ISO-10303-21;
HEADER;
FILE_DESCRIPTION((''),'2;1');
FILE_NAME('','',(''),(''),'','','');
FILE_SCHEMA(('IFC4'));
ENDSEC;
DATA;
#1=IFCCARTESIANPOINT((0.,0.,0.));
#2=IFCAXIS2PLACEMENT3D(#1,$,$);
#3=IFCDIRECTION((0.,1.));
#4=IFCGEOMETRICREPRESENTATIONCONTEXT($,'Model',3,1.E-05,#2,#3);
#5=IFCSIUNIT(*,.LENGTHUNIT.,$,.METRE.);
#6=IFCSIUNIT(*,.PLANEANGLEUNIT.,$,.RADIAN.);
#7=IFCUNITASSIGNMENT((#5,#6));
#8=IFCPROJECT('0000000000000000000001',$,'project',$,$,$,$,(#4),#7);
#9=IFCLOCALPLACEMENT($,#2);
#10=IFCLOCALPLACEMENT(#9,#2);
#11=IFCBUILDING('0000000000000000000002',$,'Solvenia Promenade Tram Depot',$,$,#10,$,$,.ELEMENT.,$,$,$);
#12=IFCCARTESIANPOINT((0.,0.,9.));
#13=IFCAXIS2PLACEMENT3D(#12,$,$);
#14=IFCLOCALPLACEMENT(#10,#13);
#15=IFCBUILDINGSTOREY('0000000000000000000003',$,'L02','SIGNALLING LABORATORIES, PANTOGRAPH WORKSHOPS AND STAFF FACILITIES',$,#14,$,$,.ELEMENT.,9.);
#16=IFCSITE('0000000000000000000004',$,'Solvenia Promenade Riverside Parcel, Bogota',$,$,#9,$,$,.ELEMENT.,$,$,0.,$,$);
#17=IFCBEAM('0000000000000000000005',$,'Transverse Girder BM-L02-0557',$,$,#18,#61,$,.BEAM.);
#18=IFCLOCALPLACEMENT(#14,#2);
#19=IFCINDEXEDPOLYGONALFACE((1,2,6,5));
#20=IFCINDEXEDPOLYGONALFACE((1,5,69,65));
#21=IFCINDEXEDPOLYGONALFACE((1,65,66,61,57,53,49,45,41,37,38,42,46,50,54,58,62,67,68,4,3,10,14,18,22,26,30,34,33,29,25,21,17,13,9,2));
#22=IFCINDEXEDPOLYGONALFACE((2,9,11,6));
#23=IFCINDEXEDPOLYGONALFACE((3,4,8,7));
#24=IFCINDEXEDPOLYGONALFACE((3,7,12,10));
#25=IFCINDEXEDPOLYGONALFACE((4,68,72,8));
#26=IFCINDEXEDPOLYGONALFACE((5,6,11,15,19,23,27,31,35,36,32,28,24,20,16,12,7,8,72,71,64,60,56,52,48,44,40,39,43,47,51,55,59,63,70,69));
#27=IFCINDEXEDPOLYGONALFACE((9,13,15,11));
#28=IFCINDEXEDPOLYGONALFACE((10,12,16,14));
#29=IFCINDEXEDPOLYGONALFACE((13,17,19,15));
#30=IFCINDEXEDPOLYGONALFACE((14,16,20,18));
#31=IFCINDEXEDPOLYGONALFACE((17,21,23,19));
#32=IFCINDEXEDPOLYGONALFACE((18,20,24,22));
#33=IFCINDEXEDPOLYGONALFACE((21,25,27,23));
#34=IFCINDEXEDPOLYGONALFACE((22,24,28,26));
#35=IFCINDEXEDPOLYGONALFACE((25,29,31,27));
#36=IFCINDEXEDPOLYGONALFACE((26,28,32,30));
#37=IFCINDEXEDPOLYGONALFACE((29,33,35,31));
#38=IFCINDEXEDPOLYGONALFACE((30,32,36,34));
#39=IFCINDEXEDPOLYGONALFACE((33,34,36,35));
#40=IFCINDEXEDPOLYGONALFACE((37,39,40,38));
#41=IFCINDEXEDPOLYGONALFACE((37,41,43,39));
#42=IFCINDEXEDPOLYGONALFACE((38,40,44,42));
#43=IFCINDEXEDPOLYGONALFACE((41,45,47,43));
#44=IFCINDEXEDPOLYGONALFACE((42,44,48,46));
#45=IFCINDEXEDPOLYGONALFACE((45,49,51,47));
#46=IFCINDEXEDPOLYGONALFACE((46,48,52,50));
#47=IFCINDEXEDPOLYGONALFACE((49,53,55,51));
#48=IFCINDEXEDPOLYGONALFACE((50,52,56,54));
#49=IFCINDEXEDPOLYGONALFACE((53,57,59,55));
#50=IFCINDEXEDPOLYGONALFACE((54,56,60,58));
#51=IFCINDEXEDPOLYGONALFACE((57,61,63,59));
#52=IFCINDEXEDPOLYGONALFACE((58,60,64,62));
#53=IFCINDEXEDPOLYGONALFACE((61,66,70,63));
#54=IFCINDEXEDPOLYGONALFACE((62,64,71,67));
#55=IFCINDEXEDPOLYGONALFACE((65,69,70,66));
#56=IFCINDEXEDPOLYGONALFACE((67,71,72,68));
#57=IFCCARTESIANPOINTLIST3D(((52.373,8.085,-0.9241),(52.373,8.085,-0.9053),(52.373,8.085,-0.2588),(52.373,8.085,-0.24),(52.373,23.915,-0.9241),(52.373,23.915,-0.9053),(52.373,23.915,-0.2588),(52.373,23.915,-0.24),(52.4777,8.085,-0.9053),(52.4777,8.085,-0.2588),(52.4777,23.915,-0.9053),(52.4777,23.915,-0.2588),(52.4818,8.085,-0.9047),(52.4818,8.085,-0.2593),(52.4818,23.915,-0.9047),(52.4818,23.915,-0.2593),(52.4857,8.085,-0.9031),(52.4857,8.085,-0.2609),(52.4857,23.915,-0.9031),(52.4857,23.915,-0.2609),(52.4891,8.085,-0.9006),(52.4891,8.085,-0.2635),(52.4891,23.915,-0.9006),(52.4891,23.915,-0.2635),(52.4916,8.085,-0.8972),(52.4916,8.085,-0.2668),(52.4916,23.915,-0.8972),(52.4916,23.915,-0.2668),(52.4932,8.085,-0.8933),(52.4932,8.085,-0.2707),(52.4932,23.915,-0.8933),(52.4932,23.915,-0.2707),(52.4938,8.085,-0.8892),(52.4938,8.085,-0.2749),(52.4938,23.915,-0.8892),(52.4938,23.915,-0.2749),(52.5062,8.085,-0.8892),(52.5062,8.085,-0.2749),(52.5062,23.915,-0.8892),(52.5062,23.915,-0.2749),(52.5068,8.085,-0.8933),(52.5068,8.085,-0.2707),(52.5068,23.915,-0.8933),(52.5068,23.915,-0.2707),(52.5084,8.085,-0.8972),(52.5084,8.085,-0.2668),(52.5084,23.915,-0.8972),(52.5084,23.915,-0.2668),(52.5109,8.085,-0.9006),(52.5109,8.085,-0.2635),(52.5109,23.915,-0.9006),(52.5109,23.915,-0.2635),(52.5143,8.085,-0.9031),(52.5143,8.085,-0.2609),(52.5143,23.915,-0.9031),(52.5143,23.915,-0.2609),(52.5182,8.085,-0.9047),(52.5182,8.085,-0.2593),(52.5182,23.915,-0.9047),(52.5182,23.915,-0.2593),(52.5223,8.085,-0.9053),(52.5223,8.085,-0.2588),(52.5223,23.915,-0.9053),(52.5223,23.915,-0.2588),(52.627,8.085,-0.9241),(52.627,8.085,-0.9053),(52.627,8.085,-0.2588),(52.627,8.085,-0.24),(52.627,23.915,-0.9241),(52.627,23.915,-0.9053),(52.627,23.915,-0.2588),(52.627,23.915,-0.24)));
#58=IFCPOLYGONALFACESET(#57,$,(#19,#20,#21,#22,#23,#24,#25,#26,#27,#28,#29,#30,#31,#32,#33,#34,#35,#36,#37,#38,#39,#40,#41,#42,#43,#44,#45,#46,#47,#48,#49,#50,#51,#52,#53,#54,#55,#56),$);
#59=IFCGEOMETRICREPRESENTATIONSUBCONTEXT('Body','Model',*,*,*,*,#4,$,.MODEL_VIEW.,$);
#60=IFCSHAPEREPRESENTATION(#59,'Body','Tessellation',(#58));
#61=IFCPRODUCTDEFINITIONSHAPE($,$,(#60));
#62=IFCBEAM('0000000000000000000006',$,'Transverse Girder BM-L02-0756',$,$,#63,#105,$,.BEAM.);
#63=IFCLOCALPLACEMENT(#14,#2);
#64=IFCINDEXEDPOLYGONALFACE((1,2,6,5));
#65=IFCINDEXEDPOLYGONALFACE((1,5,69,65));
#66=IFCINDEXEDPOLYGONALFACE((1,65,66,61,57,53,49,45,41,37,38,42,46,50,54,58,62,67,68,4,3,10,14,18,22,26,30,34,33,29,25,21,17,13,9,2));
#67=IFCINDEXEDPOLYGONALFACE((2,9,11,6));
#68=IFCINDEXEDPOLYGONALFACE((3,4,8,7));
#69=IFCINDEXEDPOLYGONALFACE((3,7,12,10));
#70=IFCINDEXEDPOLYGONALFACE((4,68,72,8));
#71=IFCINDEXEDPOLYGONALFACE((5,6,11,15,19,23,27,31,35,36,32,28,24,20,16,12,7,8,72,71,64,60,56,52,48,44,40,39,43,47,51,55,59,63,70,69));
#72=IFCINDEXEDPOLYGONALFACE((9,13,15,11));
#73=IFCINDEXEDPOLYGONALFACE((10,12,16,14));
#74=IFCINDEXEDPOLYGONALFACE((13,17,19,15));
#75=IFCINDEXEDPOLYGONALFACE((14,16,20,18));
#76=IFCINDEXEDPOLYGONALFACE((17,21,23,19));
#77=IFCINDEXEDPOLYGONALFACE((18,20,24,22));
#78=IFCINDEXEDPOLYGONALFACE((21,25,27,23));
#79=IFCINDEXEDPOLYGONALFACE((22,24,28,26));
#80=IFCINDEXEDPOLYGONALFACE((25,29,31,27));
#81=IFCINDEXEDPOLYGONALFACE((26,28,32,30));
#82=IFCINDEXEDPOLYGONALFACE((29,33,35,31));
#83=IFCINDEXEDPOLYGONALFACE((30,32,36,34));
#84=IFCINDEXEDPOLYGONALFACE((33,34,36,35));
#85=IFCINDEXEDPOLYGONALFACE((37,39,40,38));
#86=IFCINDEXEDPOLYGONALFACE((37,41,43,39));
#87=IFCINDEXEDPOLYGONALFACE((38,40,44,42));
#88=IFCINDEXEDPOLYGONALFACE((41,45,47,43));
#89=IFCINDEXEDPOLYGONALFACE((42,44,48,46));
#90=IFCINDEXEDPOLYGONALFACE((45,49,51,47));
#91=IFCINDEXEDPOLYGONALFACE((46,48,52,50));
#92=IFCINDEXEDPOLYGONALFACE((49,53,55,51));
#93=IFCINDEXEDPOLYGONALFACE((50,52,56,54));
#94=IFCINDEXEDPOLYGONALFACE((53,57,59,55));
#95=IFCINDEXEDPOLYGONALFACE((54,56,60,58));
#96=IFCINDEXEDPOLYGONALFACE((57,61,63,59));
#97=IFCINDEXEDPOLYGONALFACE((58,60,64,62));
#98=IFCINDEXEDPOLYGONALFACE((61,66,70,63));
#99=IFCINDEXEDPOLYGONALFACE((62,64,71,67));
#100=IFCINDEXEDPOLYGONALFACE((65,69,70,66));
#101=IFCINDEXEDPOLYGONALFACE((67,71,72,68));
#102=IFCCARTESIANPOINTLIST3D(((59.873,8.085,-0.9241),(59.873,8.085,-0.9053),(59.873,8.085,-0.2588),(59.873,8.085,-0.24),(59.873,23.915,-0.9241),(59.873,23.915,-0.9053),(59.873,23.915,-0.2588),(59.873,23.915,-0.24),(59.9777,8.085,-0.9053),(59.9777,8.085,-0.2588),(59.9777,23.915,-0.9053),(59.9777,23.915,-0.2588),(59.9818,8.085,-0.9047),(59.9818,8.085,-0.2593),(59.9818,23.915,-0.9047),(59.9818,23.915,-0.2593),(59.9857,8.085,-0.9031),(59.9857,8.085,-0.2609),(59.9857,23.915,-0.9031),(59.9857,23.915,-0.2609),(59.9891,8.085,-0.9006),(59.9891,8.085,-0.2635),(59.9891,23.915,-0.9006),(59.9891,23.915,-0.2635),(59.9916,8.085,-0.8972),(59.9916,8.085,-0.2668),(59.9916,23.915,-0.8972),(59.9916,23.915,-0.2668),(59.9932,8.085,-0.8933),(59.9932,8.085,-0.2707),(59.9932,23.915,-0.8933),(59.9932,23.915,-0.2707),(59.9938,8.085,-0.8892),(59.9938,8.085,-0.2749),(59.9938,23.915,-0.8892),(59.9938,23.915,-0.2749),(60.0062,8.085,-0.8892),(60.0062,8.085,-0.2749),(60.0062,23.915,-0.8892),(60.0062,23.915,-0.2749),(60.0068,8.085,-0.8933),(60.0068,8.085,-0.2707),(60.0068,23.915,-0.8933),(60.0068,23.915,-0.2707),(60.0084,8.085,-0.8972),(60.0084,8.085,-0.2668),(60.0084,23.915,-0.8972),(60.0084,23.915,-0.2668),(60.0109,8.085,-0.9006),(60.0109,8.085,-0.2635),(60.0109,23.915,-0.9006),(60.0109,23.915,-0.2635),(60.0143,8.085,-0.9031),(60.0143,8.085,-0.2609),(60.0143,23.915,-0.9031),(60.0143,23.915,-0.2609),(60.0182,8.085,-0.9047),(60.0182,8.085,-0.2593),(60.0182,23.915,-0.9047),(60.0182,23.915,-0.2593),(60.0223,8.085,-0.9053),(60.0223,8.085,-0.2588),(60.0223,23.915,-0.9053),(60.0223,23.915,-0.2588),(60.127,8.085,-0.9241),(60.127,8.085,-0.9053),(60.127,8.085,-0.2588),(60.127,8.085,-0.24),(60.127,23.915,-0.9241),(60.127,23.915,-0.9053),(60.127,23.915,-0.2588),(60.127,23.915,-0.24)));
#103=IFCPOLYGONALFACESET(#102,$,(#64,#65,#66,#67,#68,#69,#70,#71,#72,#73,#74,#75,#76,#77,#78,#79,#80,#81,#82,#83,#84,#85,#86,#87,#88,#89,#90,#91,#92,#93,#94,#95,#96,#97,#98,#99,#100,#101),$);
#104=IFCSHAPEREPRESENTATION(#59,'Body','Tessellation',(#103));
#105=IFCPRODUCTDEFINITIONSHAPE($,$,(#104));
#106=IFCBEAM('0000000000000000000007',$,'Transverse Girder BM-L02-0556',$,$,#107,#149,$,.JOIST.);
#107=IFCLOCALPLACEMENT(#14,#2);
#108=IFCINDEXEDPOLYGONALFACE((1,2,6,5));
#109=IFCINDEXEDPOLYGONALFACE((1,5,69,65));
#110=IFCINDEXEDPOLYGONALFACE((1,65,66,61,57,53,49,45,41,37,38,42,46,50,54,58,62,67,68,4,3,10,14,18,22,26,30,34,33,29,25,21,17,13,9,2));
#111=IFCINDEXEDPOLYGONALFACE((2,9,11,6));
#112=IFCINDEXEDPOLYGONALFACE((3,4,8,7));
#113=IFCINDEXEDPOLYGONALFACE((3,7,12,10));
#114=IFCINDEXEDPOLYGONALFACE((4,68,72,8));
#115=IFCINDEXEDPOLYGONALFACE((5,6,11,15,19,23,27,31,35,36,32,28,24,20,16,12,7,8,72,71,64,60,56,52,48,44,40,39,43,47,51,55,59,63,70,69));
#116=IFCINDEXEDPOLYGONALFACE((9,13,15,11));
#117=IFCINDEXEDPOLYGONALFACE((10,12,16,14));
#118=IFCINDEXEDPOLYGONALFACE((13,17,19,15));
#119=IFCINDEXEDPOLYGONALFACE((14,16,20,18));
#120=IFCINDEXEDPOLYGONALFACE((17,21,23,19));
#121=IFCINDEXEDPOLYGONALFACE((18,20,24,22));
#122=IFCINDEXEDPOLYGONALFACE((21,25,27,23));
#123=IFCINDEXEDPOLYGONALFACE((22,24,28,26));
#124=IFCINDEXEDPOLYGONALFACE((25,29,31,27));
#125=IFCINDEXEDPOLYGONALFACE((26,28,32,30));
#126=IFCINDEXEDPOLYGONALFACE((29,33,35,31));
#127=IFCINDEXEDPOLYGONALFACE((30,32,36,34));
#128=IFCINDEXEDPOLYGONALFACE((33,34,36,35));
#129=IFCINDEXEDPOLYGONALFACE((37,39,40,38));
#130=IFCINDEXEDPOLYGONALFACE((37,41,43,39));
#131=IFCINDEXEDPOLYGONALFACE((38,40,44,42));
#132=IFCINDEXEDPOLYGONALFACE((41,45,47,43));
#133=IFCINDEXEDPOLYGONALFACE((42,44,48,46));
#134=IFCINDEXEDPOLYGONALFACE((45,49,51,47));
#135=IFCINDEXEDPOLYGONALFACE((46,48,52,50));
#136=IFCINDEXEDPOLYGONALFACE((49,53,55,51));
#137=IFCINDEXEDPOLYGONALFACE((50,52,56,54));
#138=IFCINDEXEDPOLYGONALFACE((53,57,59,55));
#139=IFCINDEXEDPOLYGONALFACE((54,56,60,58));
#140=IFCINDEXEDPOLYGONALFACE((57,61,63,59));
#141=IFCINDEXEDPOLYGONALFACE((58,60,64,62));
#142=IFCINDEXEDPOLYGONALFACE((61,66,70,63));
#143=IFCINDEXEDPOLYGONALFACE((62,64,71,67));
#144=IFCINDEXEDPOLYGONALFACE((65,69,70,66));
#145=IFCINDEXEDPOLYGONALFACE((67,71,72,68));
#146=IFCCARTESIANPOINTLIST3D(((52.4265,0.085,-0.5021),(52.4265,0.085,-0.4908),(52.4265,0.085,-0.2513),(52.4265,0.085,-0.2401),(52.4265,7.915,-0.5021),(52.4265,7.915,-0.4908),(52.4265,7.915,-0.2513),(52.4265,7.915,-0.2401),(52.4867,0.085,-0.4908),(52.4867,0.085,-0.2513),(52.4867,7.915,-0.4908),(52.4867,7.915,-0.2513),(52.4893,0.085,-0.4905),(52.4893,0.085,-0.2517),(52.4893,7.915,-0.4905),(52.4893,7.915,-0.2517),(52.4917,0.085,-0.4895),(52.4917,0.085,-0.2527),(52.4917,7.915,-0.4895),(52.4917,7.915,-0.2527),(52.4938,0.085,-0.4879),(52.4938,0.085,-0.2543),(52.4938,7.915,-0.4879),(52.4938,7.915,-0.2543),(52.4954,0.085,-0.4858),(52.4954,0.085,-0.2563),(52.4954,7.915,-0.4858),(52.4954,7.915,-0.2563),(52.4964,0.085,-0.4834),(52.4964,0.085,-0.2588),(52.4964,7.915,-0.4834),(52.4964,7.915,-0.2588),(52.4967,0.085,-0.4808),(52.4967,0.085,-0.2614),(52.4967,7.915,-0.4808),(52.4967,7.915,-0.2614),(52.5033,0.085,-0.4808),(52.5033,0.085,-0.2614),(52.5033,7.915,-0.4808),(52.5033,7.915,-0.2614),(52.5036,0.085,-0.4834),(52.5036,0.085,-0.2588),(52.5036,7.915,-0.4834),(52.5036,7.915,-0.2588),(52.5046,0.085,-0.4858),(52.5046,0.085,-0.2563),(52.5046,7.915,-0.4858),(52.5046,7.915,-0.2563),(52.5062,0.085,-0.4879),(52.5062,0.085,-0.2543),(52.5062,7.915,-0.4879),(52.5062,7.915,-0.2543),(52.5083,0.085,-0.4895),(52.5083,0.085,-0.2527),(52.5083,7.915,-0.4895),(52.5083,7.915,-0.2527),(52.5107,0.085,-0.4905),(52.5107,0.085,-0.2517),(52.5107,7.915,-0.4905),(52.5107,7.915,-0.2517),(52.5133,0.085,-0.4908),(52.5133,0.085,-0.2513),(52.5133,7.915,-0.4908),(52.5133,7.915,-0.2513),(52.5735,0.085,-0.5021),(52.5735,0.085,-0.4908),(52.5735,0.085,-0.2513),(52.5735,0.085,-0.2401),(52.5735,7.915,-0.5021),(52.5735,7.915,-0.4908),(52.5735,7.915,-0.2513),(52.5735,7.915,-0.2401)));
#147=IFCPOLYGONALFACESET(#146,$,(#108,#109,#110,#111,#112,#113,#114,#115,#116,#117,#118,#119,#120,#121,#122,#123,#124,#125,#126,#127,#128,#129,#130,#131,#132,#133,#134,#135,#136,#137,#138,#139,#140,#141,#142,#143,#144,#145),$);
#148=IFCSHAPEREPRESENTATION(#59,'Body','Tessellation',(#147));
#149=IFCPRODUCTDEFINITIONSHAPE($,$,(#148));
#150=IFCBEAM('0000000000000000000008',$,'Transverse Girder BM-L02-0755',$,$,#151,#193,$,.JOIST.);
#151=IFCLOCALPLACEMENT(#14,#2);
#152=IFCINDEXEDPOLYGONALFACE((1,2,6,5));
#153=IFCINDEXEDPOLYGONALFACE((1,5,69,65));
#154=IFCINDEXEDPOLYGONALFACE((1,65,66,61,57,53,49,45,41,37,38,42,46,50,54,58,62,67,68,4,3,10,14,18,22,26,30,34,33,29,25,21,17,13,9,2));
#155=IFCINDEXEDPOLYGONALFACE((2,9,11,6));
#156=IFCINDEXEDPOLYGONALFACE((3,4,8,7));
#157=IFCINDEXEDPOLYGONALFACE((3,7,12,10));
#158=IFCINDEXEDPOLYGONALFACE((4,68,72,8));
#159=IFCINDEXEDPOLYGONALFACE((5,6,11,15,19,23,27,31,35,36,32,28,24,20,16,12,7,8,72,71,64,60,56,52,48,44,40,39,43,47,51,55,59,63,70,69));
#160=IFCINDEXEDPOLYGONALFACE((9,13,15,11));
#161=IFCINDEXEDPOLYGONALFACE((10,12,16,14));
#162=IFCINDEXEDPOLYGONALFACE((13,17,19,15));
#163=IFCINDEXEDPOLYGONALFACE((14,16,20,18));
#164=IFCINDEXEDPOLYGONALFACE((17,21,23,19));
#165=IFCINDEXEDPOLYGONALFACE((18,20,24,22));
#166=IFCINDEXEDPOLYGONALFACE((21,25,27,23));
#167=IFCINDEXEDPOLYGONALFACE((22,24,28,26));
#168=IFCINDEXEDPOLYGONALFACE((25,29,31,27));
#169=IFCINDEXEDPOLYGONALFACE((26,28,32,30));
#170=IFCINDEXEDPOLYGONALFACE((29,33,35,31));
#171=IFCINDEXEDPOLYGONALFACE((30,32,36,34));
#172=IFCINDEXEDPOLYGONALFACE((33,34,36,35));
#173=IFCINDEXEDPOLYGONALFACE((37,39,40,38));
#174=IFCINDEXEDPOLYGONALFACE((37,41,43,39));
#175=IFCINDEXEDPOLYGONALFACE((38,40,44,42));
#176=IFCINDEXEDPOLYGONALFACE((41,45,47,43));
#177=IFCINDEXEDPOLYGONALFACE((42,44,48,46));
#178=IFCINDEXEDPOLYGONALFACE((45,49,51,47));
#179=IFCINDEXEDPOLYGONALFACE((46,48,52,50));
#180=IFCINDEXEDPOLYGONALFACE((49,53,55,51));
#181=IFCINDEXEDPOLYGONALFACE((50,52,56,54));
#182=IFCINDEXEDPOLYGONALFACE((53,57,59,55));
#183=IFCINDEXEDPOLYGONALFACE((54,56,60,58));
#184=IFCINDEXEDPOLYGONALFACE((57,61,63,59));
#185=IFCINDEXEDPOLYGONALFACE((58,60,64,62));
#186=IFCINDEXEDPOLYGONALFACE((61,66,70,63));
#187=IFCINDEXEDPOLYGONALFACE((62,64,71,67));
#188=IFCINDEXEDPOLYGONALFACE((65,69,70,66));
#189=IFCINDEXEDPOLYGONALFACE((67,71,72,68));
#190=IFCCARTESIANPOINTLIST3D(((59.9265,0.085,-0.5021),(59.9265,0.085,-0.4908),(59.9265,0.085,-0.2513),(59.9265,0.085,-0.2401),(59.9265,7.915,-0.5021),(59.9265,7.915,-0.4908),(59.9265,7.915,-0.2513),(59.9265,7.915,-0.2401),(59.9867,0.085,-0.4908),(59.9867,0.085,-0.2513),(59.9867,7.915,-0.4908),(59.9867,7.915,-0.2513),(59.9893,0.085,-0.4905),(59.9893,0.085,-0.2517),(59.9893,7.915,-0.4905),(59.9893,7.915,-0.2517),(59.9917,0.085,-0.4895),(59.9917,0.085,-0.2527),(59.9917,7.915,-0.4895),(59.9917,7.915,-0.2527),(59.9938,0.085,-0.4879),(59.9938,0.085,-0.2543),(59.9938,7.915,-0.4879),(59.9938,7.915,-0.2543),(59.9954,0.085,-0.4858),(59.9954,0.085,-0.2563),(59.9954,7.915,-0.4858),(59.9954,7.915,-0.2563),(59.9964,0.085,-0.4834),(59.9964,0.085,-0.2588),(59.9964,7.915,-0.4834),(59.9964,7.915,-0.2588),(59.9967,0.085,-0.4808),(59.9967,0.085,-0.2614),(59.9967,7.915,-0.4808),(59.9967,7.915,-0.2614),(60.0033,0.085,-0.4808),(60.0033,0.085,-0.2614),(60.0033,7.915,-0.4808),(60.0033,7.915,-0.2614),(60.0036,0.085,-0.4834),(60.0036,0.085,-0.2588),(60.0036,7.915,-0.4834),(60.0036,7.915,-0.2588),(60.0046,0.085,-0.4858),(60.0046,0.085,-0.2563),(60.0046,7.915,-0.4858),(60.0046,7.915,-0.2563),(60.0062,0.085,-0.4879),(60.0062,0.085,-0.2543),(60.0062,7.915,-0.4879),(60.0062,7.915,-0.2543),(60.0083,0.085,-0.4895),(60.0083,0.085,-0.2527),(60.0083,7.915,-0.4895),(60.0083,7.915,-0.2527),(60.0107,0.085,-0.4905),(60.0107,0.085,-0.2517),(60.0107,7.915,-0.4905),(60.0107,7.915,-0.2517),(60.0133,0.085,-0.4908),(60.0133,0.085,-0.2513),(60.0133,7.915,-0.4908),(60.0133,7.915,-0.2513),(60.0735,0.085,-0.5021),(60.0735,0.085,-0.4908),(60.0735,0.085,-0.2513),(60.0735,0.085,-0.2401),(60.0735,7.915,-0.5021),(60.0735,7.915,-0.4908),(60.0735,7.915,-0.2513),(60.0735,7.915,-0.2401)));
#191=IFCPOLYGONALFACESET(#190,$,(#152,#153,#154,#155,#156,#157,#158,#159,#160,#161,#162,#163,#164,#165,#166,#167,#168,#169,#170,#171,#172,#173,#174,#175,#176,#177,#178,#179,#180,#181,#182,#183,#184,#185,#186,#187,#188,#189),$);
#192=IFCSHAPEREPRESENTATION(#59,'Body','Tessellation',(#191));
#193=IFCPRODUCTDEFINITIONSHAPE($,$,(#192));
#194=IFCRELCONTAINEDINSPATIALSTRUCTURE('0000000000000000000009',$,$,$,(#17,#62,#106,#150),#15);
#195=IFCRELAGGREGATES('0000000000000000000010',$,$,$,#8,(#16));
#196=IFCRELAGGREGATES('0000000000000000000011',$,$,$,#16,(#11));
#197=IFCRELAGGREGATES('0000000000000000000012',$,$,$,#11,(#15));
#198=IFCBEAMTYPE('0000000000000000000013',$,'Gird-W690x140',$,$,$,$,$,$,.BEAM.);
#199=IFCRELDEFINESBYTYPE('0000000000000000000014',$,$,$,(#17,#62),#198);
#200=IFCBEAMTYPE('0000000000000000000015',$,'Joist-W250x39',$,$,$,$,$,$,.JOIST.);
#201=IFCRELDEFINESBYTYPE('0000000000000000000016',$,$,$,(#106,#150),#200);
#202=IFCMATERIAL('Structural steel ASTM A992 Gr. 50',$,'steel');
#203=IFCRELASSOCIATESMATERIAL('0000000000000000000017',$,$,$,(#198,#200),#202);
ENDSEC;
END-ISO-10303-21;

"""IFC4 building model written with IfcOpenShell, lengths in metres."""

from ifc_helpers import new_model, si_unit, direction, frame, origin, origin_2d, place, context, subcontext, project, spatial, i_section, extrude, material, material_profile, profile_set, type_object, element, save


model = new_model("IFC4")

# Units and contexts
model_context = context("Model", 3, precision=1e-05, world=origin(), true_north=direction((0.0, 1.0)))
body_context = subcontext(model_context, "Body", "Model", "MODEL_VIEW")
ifc_project = project(units=[si_unit("LENGTHUNIT", "METRE"), si_unit("PLANEANGLEUNIT", "RADIAN")], contexts=[model_context])

# Site, building, storey
site_placement = place(None, origin())
site = spatial("IfcSite", under=ifc_project, at=site_placement, Name="Solvenia Promenade Riverside Parcel, Bogota", CompositionType="ELEMENT", RefElevation=0.0)
building_placement = place(site_placement, origin())
building = spatial("IfcBuilding", under=site, at=building_placement, Name="Solvenia Promenade Tram Depot", CompositionType="ELEMENT")
storey_placement = place(building_placement, frame((0.0, 0.0, 9.0)))
storey = spatial("IfcBuildingStorey", under=building, at=storey_placement, Name="L02", Description="SIGNALLING LABORATORIES, PANTOGRAPH WORKSHOPS AND STAFF FACILITIES", CompositionType="ELEMENT", Elevation=9.0)

# Shared definitions
ifc_material_1 = material(Name="Structural steel ASTM A992 Gr. 50", Category="steel")

# Beams
ifc_material_profile_1 = material_profile(ifc_material_1, i_section(OverallWidth=0.2539, OverallDepth=0.6841, WebThickness=0.0125, FlangeThickness=0.0188, FilletRadius=0.0161, at=origin_2d()), Name="W690x140", Category="steel")
ifc_profile_set_1 = profile_set([ifc_material_profile_1], Name="Structural steel ASTM A992 Gr. 50")
beam_type_1 = type_object("IfcBeamType", Name="Gird-W690x140", PredefinedType="BEAM", material=ifc_profile_set_1)
for number, where, z_axis, x_axis, name in (
    (1, (52.5, 8.085, -0.582), (0.0, 1.0, 0.0), (-1.0, 0.0, 0.0), "Transverse Girder BM-L02-0557"),
    (2, (60.0, 8.085, -0.582), (0.0, 1.0, 0.0), (-1.0, 0.0, 0.0), "Transverse Girder BM-L02-0756"),
):
    element("IfcBeam", number, at=place(storey_placement, frame(where, z_axis=z_axis, x_axis=x_axis)), inside=storey, type_object=beam_type_1, Name=name, PredefinedType="BEAM", context=body_context, shape_type="SweptSolid", body=[
        extrude(i_section(OverallWidth=0.2539, OverallDepth=0.6841, WebThickness=0.0125, FlangeThickness=0.0188, FilletRadius=0.0161, at=origin_2d()), origin(), (0.0, 0.0, 1.0), 15.8301),
    ])
ifc_material_profile_2 = material_profile(ifc_material_1, i_section(OverallWidth=0.147, OverallDepth=0.262, WebThickness=0.0066, FlangeThickness=0.0112, FilletRadius=0.01, at=origin_2d()), Name="W250x39", Category="steel")
ifc_profile_set_2 = profile_set([ifc_material_profile_2], Name="Structural steel ASTM A992 Gr. 50")
beam_type_2 = type_object("IfcBeamType", Name="Joist-W250x39", PredefinedType="JOIST", material=ifc_profile_set_2)
for number, where, z_axis, x_axis, name in (
    (3, (52.5, 0.085, -0.3711), (0.0, 1.0, 0.0), (-1.0, 0.0, 0.0), "Transverse Girder BM-L02-0556"),
    (4, (60.0, 0.085, -0.3711), (0.0, 1.0, 0.0), (-1.0, 0.0, 0.0), "Transverse Girder BM-L02-0755"),
):
    element("IfcBeam", number, at=place(storey_placement, frame(where, z_axis=z_axis, x_axis=x_axis)), inside=storey, type_object=beam_type_2, Name=name, PredefinedType="JOIST", context=body_context, shape_type="SweptSolid", body=[
        extrude(i_section(OverallWidth=0.147, OverallDepth=0.262, WebThickness=0.0066, FlangeThickness=0.0112, FilletRadius=0.01, at=origin_2d()), origin(), (0.0, 0.0, 1.0), 7.8301),
    ])

save(model, "model.ifc")
